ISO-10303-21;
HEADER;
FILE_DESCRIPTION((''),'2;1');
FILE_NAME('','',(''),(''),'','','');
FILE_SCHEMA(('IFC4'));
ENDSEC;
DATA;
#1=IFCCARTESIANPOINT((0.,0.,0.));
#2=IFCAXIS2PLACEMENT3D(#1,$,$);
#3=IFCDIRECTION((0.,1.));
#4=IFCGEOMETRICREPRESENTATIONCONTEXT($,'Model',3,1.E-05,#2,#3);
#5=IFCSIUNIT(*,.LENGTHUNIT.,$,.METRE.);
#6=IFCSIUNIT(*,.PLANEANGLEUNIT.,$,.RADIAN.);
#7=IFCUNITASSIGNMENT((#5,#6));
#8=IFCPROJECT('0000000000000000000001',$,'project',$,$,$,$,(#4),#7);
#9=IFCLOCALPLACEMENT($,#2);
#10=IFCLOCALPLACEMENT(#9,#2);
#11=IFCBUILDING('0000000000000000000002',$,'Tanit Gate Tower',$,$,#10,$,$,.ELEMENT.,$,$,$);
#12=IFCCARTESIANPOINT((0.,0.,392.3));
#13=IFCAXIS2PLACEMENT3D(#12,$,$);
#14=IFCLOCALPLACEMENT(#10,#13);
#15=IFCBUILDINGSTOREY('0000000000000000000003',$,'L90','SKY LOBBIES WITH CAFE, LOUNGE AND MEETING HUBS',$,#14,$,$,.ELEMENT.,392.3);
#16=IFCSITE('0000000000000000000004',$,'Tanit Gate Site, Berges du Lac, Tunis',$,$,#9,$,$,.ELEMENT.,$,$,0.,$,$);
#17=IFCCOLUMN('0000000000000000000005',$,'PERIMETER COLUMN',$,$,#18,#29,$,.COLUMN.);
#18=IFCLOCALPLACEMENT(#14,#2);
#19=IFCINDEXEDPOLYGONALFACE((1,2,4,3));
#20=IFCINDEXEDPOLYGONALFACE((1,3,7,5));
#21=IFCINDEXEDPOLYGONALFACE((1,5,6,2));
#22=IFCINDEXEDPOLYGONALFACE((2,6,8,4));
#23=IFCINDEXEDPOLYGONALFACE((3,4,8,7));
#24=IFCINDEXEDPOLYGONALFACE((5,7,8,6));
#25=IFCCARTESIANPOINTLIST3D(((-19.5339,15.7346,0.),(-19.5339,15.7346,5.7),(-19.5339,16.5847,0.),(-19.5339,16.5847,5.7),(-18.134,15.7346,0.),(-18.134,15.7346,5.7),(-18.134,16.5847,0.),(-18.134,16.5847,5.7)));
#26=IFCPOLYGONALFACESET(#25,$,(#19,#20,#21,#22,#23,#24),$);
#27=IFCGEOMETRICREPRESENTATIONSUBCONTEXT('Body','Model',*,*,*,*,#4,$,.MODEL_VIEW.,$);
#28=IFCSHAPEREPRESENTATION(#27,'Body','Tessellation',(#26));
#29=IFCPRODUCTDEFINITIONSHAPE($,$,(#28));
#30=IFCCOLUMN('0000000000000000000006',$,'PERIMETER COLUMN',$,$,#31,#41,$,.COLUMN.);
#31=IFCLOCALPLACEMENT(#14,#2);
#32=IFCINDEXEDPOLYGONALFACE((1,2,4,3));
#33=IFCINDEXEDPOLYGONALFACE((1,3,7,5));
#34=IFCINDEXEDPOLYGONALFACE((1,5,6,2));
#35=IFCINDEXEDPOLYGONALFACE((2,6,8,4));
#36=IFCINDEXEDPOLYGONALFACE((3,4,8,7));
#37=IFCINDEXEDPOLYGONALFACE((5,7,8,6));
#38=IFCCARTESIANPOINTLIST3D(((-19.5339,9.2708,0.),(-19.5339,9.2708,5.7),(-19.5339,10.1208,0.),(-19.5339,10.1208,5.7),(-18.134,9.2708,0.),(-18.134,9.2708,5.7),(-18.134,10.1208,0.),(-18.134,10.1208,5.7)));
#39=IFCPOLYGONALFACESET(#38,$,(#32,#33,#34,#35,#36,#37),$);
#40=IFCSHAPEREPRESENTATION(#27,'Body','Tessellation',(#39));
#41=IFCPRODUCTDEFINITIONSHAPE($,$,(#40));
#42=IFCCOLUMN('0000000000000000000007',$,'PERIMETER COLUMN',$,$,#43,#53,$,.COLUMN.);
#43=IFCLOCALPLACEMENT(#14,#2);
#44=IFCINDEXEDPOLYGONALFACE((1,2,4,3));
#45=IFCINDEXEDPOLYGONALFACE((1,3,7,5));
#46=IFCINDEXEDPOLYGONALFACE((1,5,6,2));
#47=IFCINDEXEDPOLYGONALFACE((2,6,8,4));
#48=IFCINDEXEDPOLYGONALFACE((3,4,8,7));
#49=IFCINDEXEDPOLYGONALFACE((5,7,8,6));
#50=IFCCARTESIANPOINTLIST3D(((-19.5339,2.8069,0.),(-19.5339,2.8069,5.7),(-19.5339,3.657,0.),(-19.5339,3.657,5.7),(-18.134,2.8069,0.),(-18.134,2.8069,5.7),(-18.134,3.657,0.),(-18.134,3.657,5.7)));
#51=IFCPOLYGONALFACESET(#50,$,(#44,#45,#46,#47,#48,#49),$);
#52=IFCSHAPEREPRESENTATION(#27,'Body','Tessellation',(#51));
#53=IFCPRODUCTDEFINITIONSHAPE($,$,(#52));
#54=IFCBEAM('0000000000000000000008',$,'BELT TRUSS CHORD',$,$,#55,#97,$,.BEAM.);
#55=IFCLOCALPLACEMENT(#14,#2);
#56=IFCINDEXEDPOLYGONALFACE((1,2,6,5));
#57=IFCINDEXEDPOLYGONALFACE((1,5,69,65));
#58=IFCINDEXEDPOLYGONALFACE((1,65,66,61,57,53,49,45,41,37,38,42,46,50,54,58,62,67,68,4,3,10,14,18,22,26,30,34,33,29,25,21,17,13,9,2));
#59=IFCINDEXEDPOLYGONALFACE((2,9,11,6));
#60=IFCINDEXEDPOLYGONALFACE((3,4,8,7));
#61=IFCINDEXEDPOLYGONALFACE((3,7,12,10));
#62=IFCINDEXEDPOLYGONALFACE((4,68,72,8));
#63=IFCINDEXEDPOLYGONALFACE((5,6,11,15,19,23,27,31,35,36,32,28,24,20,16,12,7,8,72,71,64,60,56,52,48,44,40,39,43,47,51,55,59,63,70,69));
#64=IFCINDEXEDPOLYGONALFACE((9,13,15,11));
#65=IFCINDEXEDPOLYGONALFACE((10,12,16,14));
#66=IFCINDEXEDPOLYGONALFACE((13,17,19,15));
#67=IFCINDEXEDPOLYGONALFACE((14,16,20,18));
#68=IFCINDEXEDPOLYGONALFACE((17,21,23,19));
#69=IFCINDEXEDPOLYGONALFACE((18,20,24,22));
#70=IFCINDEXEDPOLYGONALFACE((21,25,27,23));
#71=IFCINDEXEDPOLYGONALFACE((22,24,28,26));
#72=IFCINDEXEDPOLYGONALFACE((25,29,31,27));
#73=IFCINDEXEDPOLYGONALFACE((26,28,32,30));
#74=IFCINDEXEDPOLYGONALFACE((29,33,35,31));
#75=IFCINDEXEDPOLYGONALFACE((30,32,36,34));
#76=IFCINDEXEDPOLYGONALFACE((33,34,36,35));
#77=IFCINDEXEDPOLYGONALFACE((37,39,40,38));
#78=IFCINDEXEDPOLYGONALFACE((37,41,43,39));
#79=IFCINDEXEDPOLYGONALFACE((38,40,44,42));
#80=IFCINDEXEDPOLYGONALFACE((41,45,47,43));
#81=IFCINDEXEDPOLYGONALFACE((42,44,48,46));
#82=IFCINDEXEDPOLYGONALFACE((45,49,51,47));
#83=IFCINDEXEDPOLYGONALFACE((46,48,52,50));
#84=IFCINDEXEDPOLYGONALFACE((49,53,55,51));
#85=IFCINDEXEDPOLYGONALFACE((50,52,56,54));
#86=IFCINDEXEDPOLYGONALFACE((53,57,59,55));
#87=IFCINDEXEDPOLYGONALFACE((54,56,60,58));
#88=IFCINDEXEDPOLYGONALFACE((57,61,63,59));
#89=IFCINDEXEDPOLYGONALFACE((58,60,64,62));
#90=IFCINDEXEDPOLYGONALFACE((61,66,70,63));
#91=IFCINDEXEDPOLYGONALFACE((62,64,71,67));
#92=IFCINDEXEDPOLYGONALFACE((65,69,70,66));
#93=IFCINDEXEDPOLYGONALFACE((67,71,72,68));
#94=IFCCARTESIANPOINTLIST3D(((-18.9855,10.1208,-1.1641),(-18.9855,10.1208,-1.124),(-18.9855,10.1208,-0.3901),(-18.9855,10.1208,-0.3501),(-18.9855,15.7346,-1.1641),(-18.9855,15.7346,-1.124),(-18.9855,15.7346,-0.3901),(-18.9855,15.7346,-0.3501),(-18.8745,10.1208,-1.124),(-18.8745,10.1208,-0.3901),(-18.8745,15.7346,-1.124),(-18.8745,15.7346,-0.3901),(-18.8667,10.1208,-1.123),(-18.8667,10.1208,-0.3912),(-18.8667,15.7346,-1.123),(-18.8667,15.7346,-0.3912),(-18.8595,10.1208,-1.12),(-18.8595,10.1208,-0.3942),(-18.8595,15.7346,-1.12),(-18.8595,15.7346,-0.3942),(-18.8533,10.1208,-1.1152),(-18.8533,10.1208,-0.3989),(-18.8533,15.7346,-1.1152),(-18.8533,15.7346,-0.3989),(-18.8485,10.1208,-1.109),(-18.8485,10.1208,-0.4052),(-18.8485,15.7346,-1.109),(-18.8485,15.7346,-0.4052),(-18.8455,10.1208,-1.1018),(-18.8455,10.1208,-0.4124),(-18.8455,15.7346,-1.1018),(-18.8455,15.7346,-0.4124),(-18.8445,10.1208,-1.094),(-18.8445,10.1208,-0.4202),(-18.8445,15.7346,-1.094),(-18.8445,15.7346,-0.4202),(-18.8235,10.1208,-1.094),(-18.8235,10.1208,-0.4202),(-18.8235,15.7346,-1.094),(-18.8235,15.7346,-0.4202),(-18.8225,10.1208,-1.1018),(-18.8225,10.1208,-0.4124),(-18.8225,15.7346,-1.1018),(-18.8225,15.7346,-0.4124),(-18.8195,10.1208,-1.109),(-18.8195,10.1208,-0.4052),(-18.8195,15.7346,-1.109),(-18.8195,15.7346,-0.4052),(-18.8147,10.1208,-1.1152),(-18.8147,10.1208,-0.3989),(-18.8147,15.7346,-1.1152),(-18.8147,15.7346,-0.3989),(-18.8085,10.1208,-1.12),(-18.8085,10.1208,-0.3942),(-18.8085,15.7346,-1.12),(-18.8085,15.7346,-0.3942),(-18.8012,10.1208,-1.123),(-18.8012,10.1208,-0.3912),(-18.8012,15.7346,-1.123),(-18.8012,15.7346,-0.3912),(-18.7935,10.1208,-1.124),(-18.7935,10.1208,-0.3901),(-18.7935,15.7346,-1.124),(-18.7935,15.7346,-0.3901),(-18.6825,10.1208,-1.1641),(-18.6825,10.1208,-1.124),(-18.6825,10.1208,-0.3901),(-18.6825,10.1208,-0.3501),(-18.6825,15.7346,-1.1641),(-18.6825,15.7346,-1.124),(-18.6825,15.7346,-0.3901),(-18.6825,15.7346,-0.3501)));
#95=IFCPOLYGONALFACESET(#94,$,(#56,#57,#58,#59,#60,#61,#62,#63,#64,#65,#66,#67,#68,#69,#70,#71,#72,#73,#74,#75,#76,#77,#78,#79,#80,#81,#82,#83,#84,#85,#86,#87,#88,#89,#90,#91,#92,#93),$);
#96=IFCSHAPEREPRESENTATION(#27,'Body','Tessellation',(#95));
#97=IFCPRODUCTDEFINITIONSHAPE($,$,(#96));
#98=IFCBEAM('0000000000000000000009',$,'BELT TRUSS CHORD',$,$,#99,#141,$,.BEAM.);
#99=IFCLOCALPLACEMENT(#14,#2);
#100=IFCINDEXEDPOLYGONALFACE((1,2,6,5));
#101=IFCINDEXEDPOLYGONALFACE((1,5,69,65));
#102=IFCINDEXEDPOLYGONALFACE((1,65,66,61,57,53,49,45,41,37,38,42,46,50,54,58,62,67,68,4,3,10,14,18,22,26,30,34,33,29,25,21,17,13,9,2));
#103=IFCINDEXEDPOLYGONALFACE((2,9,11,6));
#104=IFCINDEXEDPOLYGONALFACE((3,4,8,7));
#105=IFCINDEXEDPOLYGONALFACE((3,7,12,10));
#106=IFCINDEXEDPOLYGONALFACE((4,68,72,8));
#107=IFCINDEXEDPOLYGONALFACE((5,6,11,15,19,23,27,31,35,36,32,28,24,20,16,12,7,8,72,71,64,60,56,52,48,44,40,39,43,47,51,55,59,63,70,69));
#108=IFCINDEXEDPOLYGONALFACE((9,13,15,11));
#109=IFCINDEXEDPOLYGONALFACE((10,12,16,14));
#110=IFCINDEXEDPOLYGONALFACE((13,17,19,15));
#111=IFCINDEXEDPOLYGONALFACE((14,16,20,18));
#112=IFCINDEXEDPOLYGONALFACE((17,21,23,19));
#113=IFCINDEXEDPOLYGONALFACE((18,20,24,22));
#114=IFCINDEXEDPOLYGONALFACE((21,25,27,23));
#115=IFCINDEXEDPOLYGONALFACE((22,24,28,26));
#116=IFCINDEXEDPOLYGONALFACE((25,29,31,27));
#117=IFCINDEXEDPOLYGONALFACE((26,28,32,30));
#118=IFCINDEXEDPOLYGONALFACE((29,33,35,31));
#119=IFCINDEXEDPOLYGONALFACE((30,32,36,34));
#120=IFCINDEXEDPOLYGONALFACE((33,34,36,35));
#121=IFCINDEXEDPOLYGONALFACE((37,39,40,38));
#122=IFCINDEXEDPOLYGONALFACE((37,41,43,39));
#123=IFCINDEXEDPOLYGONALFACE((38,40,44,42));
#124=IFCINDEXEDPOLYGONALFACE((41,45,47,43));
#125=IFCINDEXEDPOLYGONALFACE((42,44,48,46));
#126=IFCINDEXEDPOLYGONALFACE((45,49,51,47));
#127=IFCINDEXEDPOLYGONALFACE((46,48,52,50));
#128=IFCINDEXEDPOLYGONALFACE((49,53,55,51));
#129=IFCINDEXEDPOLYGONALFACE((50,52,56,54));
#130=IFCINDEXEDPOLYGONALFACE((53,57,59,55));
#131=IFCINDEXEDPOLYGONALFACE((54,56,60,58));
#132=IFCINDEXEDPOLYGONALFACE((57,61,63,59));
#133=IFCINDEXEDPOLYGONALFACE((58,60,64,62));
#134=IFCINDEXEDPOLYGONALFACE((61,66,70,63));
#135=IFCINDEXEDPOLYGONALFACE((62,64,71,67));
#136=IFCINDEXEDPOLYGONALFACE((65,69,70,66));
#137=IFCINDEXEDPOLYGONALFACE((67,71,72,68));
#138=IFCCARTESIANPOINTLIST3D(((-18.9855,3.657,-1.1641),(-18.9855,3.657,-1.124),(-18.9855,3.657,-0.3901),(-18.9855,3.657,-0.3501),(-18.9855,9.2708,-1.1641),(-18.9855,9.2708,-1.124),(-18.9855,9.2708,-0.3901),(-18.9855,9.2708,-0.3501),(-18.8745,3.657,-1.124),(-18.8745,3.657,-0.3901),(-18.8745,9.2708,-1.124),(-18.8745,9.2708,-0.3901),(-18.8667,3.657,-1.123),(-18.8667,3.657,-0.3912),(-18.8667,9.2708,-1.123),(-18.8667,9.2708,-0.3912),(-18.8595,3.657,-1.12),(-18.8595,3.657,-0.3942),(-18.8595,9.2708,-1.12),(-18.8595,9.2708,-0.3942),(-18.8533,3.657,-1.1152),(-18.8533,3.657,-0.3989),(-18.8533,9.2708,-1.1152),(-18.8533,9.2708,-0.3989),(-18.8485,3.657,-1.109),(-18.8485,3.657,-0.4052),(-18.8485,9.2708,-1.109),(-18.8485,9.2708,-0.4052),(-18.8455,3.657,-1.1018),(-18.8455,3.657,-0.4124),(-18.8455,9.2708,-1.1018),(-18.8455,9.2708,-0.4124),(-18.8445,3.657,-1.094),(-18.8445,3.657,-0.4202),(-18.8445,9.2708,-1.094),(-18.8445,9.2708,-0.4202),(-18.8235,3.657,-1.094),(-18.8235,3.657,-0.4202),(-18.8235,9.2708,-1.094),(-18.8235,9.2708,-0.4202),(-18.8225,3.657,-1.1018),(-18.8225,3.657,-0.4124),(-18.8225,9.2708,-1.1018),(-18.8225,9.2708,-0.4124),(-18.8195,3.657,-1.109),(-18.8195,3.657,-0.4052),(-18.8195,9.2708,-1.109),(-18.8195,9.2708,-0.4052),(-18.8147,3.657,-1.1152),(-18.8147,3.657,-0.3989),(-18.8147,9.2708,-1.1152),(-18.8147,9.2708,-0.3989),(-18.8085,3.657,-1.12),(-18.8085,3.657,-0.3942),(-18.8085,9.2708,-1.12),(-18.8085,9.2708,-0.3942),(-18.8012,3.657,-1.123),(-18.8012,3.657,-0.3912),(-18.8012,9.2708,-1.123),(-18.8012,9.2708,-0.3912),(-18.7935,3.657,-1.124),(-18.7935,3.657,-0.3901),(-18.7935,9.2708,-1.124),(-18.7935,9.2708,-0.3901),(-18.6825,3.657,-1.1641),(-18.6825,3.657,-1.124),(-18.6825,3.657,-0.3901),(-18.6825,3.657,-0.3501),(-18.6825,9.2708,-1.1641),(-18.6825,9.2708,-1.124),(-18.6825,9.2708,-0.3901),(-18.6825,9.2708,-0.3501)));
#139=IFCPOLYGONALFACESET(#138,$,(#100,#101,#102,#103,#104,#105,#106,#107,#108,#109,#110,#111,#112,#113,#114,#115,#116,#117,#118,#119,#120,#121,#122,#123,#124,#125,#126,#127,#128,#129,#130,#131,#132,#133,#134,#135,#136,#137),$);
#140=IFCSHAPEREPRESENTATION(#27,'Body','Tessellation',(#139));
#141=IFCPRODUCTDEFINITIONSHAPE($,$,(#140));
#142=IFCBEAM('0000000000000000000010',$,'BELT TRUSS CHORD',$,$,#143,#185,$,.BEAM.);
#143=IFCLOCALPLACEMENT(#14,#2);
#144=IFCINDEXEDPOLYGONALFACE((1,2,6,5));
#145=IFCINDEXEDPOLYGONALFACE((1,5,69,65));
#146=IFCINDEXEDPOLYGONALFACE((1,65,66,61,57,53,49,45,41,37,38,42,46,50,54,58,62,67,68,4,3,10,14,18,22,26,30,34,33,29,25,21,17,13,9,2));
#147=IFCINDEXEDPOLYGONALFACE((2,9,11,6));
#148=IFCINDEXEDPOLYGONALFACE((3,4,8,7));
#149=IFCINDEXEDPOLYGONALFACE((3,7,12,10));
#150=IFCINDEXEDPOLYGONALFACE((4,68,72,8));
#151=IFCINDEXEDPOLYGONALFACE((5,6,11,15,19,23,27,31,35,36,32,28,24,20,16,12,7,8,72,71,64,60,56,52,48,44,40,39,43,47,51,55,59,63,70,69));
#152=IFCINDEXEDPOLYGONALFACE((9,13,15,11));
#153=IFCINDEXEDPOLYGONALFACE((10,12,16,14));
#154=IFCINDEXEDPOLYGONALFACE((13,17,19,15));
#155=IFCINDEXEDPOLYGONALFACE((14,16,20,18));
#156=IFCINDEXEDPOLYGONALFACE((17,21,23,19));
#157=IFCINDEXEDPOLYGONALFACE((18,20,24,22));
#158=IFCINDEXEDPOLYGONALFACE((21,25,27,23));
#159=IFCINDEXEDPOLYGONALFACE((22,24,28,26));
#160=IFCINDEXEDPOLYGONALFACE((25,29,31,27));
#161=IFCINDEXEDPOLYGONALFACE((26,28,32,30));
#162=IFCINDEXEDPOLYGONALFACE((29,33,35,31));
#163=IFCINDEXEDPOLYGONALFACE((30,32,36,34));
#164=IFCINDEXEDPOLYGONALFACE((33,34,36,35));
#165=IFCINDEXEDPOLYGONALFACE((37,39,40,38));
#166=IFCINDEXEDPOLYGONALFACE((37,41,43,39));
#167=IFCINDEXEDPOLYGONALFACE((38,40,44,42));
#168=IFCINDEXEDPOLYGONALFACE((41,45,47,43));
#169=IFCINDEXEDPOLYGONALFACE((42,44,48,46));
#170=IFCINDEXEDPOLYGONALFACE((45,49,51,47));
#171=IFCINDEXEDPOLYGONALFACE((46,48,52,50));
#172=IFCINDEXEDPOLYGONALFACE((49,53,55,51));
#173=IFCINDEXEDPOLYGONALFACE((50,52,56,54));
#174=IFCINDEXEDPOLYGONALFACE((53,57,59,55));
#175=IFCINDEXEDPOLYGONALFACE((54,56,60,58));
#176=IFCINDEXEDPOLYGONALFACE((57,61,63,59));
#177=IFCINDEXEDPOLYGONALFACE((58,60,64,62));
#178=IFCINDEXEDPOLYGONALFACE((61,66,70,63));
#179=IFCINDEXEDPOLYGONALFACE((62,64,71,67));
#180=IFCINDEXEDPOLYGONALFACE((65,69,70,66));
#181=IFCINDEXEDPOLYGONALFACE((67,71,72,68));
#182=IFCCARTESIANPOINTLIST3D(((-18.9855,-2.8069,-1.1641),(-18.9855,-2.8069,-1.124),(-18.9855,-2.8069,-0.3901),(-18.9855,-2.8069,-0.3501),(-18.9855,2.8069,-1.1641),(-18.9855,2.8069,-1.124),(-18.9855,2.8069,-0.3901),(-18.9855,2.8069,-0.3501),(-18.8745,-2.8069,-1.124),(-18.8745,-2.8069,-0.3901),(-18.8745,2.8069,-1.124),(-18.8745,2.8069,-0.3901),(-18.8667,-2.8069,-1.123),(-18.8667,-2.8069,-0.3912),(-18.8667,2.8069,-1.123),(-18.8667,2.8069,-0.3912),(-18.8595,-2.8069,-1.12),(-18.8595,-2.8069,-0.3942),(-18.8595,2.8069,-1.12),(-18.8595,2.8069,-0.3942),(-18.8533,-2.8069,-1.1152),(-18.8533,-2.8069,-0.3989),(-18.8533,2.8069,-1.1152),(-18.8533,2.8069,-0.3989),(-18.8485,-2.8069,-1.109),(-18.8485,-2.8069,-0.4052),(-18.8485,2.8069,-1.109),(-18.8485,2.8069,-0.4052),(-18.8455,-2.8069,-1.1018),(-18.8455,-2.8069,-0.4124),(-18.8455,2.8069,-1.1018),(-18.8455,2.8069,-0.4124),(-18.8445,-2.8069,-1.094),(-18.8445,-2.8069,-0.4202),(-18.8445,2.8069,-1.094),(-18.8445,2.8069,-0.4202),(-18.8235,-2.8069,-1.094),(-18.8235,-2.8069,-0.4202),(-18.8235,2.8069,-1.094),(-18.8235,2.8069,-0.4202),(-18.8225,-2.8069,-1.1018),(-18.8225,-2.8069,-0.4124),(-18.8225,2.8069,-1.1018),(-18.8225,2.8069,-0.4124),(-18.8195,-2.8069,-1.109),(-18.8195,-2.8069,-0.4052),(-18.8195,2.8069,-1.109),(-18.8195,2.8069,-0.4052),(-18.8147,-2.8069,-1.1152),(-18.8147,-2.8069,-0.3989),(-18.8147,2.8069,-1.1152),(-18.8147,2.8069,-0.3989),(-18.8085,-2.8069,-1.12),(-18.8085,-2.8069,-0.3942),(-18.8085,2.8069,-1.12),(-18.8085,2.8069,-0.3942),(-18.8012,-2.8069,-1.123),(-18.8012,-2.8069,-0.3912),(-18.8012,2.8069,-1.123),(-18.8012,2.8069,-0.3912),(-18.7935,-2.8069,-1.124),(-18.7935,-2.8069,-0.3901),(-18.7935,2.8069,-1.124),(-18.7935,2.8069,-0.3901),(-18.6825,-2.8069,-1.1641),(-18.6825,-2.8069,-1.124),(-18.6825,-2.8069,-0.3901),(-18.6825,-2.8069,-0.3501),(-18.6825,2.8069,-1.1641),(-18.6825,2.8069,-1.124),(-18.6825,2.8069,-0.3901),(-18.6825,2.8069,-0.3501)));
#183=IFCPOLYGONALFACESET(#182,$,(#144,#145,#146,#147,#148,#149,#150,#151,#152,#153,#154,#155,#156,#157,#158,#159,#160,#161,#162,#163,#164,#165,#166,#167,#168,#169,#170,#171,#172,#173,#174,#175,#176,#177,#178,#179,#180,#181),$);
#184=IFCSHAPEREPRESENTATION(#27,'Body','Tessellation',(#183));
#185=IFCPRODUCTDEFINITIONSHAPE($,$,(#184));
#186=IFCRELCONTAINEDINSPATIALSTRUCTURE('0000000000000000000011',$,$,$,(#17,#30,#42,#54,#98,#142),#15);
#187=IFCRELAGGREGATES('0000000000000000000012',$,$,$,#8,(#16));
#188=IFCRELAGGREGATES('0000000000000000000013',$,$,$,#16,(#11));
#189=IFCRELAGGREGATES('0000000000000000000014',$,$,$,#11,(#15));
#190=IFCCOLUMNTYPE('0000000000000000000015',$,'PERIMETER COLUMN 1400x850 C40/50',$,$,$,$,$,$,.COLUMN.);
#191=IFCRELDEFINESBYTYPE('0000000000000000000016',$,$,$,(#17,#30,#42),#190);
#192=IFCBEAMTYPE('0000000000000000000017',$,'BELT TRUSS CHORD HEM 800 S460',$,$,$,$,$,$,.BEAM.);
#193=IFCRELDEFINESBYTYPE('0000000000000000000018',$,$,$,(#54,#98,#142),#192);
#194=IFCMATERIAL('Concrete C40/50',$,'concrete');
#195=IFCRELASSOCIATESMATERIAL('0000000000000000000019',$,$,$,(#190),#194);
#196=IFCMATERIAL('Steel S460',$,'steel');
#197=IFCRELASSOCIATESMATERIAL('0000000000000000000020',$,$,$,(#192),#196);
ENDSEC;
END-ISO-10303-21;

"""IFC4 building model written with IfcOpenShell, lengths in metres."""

from ifc_helpers import new_model, si_unit, direction, frame, origin, origin_2d, place, context, subcontext, project, spatial, rectangle, i_section, extrude, material, material_profile, profile_set, type_object, element, save


model = new_model("IFC4")

# Units and contexts
model_context = context("Model", 3, precision=1e-05, world=origin(), true_north=direction((0.0, 1.0)))
body_context = subcontext(model_context, "Body", "Model", "MODEL_VIEW")
ifc_project = project(units=[si_unit("LENGTHUNIT", "METRE"), si_unit("PLANEANGLEUNIT", "RADIAN")], contexts=[model_context])

# Site, building, storey
site_placement = place(None, origin())
site = spatial("IfcSite", under=ifc_project, at=site_placement, Name="Tanit Gate Site, Berges du Lac, Tunis", CompositionType="ELEMENT", RefElevation=0.0)
building_placement = place(site_placement, origin())
building = spatial("IfcBuilding", under=site, at=building_placement, Name="Tanit Gate Tower", CompositionType="ELEMENT")
storey_placement = place(building_placement, frame((0.0, 0.0, 392.3)))
storey = spatial("IfcBuildingStorey", under=building, at=storey_placement, Name="L90", Description="SKY LOBBIES WITH CAFE, LOUNGE AND MEETING HUBS", CompositionType="ELEMENT", Elevation=392.3)

# Columns
ifc_material_1 = material(Name="Concrete C40/50", Category="concrete")
ifc_material_profile_1 = material_profile(ifc_material_1, rectangle(XDim=1.3999, YDim=0.8501, at=origin_2d()), Name="RC 1400x850")
ifc_profile_set_1 = profile_set([ifc_material_profile_1], Name="Concrete C40/50")
column_type = type_object("IfcColumnType", Name="PERIMETER COLUMN 1400x850 C40/50", PredefinedType="COLUMN", material=ifc_profile_set_1)
for number, where, z_axis, x_axis, name in (
    (1, (-18.834, 16.1597, 0.0), (0.0, 0.0, 1.0), (-1.0, 0.0, 0.0), "PERIMETER COLUMN"),
    (2, (-18.834, 9.6958, 0.0), (0.0, 0.0, 1.0), (-1.0, 0.0, 0.0), "PERIMETER COLUMN"),
    (3, (-18.834, 3.2319, 0.0), (0.0, 0.0, 1.0), (-1.0, 0.0, 0.0), "PERIMETER COLUMN"),
):
    element("IfcColumn", number, at=place(storey_placement, frame(where, z_axis=z_axis, x_axis=x_axis)), inside=storey, type_object=column_type, Name=name, PredefinedType="COLUMN", context=body_context, shape_type="SweptSolid", body=[
        extrude(rectangle(XDim=1.3999, YDim=0.8501, at=origin_2d()), origin(), (0.0, 0.0, 1.0), 5.7),
    ])

# Beams
ifc_material_2 = material(Name="Steel S460", Category="steel")
ifc_material_profile_2 = material_profile(ifc_material_2, i_section(OverallWidth=0.303, OverallDepth=0.814, WebThickness=0.021, FlangeThickness=0.04, FilletRadius=0.03, at=origin_2d()), Name="HEM 800")
ifc_profile_set_2 = profile_set([ifc_material_profile_2], Name="Steel S460")
beam_type_1 = type_object("IfcBeamType", Name="BELT TRUSS CHORD HEM 800 S460", PredefinedType="BEAM", material=ifc_profile_set_2)
for number, where, z_axis, x_axis, name in (
    (4, (-18.834, 15.7346, -0.7571), (0.0, -1.0, 0.0), (1.0, 0.0, 0.0), "BELT TRUSS CHORD"),
    (5, (-18.834, 9.2708, -0.7571), (0.0, -1.0, 0.0), (1.0, 0.0, 0.0), "BELT TRUSS CHORD"),
    (6, (-18.834, 2.8069, -0.7571), (0.0, -1.0, 0.0), (1.0, 0.0, 0.0), "BELT TRUSS CHORD"),
):
    element("IfcBeam", number, at=place(storey_placement, frame(where, z_axis=z_axis, x_axis=x_axis)), inside=storey, type_object=beam_type_1, Name=name, PredefinedType="BEAM", context=body_context, shape_type="SweptSolid", body=[
        extrude(i_section(OverallWidth=0.303, OverallDepth=0.814, WebThickness=0.021, FlangeThickness=0.04, FilletRadius=0.03, at=origin_2d()), origin(), (0.0, 0.0, 1.0), 5.6138),
    ])

save(model, "model.ifc")
